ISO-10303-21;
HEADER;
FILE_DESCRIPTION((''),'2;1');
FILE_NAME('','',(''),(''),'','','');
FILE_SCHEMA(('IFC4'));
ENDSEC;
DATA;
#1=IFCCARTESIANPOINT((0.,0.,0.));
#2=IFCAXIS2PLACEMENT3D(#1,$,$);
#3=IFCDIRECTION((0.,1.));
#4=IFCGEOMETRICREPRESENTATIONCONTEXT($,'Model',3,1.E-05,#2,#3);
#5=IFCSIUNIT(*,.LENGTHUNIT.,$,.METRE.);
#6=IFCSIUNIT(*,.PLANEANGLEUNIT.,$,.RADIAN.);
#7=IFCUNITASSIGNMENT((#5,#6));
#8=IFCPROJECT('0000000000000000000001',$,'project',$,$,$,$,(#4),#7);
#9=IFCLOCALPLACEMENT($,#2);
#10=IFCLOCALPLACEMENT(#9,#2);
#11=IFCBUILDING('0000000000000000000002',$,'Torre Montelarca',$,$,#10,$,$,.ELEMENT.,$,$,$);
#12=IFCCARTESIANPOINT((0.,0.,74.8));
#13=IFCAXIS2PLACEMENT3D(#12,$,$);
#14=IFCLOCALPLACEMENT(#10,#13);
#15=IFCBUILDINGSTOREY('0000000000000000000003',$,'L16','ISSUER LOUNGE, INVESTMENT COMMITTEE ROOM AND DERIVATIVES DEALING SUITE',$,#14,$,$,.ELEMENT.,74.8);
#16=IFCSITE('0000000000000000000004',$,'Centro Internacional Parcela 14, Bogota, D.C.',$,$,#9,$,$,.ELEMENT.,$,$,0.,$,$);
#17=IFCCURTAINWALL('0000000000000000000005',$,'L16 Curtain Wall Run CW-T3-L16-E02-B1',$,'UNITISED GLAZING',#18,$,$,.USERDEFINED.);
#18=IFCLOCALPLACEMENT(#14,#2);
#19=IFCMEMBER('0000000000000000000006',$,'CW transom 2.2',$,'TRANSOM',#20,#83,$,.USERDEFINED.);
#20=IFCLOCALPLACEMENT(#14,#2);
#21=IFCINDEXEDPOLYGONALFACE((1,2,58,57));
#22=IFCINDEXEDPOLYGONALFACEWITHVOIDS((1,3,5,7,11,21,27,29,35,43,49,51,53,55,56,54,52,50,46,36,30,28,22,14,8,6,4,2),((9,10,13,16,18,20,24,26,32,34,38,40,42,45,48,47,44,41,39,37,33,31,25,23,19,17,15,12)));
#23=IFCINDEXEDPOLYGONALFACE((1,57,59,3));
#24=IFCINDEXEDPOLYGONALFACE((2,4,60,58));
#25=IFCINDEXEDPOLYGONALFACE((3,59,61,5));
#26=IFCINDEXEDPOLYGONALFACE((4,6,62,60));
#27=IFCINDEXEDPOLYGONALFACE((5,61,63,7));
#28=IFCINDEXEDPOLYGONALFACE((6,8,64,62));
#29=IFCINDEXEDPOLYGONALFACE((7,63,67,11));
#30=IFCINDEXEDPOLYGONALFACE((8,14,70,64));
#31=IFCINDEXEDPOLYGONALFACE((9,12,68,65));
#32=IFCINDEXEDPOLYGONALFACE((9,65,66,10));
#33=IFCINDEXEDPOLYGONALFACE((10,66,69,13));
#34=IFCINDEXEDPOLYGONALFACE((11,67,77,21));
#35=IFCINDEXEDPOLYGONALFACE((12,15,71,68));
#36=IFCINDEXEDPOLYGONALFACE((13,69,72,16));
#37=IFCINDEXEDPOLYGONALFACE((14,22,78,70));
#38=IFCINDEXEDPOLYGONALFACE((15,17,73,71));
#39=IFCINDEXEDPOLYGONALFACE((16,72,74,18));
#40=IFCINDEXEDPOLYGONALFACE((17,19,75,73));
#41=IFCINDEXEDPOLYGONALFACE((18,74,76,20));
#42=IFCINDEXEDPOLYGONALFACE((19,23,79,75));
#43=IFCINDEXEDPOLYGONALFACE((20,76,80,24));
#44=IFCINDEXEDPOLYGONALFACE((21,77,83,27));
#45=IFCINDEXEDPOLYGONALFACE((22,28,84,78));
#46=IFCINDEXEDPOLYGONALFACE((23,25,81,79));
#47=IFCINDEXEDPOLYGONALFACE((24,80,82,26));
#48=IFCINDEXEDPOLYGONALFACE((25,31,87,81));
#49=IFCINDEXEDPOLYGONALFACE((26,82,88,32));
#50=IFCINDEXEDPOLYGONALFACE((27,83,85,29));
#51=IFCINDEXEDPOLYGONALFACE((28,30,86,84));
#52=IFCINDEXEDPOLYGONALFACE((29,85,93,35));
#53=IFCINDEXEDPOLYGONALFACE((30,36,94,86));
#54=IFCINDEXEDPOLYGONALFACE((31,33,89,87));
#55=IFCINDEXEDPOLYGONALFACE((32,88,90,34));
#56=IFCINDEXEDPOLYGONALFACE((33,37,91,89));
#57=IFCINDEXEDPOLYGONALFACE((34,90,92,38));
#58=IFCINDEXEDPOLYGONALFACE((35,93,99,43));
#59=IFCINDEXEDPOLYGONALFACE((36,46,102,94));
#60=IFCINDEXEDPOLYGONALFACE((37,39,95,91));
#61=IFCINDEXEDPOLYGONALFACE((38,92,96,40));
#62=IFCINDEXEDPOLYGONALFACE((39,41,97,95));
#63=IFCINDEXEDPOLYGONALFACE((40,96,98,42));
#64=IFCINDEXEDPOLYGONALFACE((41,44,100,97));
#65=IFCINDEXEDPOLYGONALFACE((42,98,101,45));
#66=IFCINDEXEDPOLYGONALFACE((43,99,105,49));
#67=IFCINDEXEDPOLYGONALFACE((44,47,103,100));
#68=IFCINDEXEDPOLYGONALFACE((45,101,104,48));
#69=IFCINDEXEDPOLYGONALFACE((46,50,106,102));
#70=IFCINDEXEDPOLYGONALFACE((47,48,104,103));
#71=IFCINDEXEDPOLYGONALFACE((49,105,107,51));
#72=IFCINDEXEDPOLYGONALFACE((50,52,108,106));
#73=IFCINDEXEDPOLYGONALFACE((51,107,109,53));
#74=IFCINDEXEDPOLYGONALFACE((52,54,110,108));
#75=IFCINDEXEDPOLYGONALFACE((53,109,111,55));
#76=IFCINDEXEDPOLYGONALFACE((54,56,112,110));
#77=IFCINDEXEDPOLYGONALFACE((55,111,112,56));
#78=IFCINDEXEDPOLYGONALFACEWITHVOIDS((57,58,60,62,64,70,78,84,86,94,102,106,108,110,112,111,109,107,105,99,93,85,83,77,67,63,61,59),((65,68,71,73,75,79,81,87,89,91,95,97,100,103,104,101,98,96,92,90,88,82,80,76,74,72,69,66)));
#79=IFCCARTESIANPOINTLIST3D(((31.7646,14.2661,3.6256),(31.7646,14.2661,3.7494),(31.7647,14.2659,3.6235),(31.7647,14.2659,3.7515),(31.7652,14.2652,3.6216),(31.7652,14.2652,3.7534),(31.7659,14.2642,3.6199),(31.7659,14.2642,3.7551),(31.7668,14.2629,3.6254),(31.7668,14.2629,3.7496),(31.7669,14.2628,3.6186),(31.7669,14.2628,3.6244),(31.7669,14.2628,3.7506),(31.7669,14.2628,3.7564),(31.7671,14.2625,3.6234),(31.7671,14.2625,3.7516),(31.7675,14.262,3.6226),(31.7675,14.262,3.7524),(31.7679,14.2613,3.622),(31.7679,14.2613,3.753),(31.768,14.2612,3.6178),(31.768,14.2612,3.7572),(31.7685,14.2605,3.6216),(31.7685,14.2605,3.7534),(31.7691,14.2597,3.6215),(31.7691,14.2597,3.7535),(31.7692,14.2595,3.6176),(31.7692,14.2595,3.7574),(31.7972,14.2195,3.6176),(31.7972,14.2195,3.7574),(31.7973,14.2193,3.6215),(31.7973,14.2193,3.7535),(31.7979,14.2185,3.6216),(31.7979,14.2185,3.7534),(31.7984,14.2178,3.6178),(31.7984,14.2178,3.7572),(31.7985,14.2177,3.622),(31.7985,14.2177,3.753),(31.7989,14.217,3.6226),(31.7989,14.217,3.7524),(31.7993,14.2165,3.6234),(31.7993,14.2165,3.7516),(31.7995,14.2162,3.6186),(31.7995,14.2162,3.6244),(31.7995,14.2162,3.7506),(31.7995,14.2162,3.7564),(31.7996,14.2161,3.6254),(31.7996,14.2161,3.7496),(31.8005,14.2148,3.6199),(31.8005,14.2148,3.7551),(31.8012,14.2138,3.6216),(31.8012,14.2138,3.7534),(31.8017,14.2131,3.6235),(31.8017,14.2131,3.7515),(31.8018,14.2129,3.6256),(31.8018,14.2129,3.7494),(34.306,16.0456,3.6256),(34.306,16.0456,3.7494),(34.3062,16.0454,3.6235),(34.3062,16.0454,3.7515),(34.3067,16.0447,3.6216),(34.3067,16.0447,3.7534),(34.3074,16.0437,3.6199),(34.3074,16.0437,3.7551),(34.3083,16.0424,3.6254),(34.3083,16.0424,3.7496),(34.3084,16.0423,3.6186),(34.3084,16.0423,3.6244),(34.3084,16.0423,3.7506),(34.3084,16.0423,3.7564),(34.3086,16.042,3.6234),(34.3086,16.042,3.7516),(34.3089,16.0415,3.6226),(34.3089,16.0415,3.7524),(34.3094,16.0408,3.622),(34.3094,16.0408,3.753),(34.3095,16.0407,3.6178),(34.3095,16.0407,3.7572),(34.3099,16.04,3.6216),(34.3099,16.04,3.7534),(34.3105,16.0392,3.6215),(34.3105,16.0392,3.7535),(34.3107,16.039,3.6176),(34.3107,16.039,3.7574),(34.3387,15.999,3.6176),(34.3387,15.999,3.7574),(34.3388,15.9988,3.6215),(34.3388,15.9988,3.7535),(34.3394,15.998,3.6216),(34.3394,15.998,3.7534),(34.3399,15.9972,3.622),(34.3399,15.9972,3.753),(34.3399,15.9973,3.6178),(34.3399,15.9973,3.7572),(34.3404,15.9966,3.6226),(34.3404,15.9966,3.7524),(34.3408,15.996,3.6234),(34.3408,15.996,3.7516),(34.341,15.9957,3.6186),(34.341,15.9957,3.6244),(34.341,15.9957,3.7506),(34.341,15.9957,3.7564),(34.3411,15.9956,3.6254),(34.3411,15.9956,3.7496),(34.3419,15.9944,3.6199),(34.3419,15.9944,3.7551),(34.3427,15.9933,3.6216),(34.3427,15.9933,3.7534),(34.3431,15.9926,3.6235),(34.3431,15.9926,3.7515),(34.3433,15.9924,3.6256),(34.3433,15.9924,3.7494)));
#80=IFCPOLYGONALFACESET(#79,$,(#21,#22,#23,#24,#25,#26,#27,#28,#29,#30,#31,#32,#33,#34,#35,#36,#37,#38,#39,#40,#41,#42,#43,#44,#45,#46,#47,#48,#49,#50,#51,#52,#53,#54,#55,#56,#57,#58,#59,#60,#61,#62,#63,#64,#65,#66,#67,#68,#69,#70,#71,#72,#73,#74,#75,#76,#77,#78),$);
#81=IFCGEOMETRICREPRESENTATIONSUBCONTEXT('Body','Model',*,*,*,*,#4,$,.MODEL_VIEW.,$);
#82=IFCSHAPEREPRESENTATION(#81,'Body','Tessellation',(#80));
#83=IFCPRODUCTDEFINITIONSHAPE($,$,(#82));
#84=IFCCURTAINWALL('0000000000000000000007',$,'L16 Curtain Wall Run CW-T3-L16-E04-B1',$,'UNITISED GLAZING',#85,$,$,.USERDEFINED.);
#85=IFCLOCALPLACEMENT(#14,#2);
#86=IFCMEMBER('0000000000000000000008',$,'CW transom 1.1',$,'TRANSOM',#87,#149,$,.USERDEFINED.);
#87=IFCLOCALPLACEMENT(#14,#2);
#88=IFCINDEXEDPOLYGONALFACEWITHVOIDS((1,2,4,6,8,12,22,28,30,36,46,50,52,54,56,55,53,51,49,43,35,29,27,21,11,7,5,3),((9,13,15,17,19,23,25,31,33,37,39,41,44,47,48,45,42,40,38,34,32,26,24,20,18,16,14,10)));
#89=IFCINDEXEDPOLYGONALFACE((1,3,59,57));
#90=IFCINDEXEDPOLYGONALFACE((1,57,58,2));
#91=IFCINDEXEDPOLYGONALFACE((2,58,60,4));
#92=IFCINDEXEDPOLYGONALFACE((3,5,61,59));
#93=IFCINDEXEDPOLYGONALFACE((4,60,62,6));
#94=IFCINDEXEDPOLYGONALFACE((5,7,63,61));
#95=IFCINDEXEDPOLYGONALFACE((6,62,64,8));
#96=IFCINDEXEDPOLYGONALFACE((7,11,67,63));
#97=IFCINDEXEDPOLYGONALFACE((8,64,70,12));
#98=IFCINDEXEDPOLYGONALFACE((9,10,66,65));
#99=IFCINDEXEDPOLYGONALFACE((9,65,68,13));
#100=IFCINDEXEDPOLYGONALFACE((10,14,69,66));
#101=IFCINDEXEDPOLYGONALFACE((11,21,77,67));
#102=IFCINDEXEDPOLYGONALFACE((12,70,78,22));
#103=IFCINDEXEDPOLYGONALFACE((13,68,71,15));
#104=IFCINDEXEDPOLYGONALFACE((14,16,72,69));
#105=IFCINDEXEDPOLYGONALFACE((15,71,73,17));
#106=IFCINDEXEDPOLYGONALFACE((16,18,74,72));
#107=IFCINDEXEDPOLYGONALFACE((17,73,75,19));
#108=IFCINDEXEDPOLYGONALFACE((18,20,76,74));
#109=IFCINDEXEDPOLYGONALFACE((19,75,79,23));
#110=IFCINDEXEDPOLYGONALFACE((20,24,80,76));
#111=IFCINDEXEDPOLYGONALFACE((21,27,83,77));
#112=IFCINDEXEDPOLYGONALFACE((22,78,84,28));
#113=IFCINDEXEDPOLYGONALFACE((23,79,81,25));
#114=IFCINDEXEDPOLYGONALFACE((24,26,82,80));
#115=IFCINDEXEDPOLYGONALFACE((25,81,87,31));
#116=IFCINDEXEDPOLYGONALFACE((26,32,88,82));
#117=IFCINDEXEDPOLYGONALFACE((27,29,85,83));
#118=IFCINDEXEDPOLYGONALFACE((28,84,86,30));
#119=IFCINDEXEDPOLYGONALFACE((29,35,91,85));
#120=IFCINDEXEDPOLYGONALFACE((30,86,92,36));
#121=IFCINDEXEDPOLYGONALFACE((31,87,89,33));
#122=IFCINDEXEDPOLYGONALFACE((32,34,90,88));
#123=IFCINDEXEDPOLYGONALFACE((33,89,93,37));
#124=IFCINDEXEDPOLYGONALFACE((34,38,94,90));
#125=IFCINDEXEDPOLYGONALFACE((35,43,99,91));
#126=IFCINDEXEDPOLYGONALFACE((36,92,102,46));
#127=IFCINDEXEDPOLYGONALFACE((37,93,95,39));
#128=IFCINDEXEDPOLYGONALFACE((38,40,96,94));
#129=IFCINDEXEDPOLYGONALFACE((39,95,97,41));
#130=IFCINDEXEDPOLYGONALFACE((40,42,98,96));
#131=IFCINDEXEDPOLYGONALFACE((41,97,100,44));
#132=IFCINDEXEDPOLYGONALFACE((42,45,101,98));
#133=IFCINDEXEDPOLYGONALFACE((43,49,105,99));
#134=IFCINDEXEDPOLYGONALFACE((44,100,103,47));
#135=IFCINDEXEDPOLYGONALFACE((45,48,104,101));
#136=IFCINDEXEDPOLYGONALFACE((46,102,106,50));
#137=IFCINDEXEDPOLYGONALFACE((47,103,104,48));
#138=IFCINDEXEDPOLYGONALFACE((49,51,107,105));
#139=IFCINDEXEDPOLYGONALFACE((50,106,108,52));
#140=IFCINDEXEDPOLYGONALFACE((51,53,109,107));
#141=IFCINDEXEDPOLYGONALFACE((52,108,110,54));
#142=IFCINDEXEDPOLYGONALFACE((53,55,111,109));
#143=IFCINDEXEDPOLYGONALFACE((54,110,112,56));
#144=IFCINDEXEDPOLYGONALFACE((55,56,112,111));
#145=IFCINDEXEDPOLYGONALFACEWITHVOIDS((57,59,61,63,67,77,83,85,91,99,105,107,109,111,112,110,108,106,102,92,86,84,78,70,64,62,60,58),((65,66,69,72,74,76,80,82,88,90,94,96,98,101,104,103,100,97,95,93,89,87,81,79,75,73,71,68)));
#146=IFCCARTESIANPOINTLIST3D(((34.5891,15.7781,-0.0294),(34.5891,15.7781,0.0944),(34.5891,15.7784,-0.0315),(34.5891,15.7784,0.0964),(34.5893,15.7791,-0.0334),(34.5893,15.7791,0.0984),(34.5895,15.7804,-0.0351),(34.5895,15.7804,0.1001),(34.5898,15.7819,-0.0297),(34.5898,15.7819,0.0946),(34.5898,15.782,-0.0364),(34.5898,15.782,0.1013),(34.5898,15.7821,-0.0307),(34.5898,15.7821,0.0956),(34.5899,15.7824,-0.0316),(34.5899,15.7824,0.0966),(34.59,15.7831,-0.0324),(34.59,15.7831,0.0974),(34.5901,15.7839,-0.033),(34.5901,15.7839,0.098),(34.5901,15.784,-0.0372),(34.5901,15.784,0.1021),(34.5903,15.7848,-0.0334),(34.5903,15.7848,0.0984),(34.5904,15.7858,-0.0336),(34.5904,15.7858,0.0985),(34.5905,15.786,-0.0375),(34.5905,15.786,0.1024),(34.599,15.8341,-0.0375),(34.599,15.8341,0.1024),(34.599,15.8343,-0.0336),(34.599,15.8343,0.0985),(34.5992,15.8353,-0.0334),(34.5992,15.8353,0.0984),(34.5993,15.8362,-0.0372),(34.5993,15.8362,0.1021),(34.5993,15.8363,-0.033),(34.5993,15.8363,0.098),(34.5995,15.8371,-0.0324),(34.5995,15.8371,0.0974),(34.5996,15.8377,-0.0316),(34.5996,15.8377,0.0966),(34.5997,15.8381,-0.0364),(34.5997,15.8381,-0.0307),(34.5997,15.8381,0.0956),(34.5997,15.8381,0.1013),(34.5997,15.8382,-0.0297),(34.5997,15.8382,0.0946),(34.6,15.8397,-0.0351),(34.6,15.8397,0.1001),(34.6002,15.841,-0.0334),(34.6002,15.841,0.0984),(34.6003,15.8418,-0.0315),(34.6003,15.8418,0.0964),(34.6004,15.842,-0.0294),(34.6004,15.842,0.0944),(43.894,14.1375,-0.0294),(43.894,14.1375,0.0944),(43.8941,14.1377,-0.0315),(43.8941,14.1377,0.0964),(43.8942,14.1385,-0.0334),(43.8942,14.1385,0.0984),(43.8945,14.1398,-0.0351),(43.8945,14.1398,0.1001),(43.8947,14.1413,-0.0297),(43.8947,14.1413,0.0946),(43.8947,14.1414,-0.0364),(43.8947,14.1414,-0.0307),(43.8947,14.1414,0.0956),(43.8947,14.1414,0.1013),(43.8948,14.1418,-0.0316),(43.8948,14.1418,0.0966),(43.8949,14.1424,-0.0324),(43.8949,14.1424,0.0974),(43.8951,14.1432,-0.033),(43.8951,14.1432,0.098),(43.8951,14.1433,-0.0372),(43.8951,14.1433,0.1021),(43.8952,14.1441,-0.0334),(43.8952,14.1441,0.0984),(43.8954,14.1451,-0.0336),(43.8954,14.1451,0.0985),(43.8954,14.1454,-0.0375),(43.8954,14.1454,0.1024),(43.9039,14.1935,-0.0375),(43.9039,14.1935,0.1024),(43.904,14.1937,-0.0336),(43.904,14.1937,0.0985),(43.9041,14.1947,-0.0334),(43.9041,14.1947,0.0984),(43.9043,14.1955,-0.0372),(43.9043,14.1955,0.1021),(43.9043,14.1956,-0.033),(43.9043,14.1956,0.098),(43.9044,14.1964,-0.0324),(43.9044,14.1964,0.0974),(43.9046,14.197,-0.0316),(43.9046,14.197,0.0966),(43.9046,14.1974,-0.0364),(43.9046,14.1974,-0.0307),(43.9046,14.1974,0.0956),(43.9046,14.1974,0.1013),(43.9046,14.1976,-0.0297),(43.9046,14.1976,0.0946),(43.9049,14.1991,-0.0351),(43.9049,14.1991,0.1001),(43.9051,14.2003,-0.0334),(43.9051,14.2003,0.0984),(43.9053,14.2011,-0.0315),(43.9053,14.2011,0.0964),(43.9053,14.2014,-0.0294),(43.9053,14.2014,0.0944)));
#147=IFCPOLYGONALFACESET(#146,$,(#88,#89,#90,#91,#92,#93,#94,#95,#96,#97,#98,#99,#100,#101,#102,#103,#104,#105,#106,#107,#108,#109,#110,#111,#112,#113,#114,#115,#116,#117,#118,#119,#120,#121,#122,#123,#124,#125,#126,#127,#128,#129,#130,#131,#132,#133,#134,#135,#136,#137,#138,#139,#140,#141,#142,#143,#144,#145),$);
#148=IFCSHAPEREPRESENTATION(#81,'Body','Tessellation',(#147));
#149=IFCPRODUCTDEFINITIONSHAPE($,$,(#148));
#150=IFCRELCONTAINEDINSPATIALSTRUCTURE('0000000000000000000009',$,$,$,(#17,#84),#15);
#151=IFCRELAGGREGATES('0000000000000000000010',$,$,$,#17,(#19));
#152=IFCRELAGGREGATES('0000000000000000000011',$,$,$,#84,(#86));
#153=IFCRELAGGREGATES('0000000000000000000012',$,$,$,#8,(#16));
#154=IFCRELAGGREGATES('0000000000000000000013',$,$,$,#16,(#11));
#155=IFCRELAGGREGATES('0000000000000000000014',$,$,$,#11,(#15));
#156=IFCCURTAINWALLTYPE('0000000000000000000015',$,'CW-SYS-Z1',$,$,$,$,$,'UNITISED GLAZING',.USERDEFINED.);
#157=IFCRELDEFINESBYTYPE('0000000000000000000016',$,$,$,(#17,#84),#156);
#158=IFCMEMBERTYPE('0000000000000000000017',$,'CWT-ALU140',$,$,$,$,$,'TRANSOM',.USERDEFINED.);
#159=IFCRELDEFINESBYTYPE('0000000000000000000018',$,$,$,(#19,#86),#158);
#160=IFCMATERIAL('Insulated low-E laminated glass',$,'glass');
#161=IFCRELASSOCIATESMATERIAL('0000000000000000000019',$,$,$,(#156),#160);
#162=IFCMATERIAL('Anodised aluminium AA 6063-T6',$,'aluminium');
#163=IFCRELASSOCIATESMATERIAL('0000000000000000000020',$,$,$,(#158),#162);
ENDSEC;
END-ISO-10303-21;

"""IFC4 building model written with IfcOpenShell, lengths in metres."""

from ifc_helpers import new_model, si_unit, direction, frame, origin, origin_2d, place, context, subcontext, project, spatial, hollow_rectangle, extrude, source, transform, mapped, material, material_profile, profile_set, type_object, element, aggregate, save


model = new_model("IFC4")

# Units and contexts
model_context = context("Model", 3, precision=1e-05, world=origin(), true_north=direction((0.0, 1.0)))
body_context = subcontext(model_context, "Body", "Model", "MODEL_VIEW")
ifc_project = project(units=[si_unit("LENGTHUNIT", "METRE"), si_unit("PLANEANGLEUNIT", "RADIAN")], contexts=[model_context])

# Site, building, storey
site_placement = place(None, origin())
site = spatial("IfcSite", under=ifc_project, at=site_placement, Name="Centro Internacional Parcela 14, Bogota, D.C.", CompositionType="ELEMENT", RefElevation=0.0)
building_placement = place(site_placement, origin())
building = spatial("IfcBuilding", under=site, at=building_placement, Name="Torre Montelarca", CompositionType="ELEMENT")
storey_placement = place(building_placement, frame((0.0, 0.0, 74.8)))
storey = spatial("IfcBuildingStorey", under=building, at=storey_placement, Name="L16", Description="ISSUER LOUNGE, INVESTMENT COMMITTEE ROOM AND DERIVATIVES DEALING SUITE", CompositionType="ELEMENT", Elevation=74.8)

# Curtain walls, members
ifc_material_1 = material(Name="Insulated low-E laminated glass", Category="glass")
curtain_wall_type = type_object("IfcCurtainWallType", Name="CW-SYS-Z1", ElementType="UNITISED GLAZING", PredefinedType="USERDEFINED", material=ifc_material_1)
ifc_material_2 = material(Name="Anodised aluminium AA 6063-T6", Category="aluminium")
ifc_material_profile_1 = material_profile(ifc_material_2, hollow_rectangle(XDim=0.0649, YDim=0.1399, WallThickness=0.0039, InnerFilletRadius=0.0039, OuterFilletRadius=0.0081, at=origin_2d()), Name="ALU65X140X4", Category="aluminium")
ifc_profile_set_1 = profile_set([ifc_material_profile_1], Name="Anodised aluminium AA 6063-T6")
member_type_1 = type_object("IfcMemberType", Name="CWT-ALU140", ElementType="TRANSOM", PredefinedType="USERDEFINED", material=ifc_profile_set_1)
curtain_wall_1_placement = place(storey_placement, origin())
curtain_wall_1 = element("IfcCurtainWall", 1, at=curtain_wall_1_placement, inside=storey, type_object=curtain_wall_type, Name="L16 Curtain Wall Run CW-T3-L16-E02-B1", ObjectType="UNITISED GLAZING", PredefinedType="USERDEFINED")
shared_shape_1 = source(origin(), body_context, "Body", "SweptSolid", [
    extrude(hollow_rectangle(XDim=0.0649, YDim=0.1399, WallThickness=0.0039, InnerFilletRadius=0.0039, OuterFilletRadius=0.0081, at=origin_2d()), origin(), (0.0, 0.0, 1.0), 3.1025),
])
member_1_placement = place(storey_placement, frame((31.7832, 14.2395, 3.6875), z_axis=(0.819158, 0.573568, 0.0), x_axis=(-0.573568, 0.819158, 0.0)))
member_1 = element("IfcMember", 2, at=member_1_placement, type_object=member_type_1, Name="CW transom 2.2", ObjectType="TRANSOM", PredefinedType="USERDEFINED", context=body_context, shape_type="MappedRepresentation", body=[
    mapped(shared_shape_1, transform((0.0, 0.0, 0.0), scale=1.0)),
])
curtain_wall_2_placement = place(storey_placement, origin())
curtain_wall_2 = element("IfcCurtainWall", 3, at=curtain_wall_2_placement, inside=storey, type_object=curtain_wall_type, Name="L16 Curtain Wall Run CW-T3-L16-E04-B1", ObjectType="UNITISED GLAZING", PredefinedType="USERDEFINED")
shared_shape_2 = source(origin(), body_context, "Body", "SweptSolid", [
    extrude(hollow_rectangle(XDim=0.0649, YDim=0.1399, WallThickness=0.0039, InnerFilletRadius=0.0039, OuterFilletRadius=0.0081, at=origin_2d()), origin(), (0.0, 0.0, 1.0), 9.4485),
])
member_2_placement = place(storey_placement, frame((34.5947, 15.8101, 0.0325), z_axis=(0.984809, -0.173639, 0.0), x_axis=(0.173639, 0.984809, 0.0)))
member_2 = element("IfcMember", 4, at=member_2_placement, type_object=member_type_1, Name="CW transom 1.1", ObjectType="TRANSOM", PredefinedType="USERDEFINED", context=body_context, shape_type="MappedRepresentation", body=[
    mapped(shared_shape_2, transform((0.0, 0.0, 0.0), scale=1.0)),
])

aggregate(curtain_wall_1, [member_1])
aggregate(curtain_wall_2, [member_2])

save(model, "model.ifc")
